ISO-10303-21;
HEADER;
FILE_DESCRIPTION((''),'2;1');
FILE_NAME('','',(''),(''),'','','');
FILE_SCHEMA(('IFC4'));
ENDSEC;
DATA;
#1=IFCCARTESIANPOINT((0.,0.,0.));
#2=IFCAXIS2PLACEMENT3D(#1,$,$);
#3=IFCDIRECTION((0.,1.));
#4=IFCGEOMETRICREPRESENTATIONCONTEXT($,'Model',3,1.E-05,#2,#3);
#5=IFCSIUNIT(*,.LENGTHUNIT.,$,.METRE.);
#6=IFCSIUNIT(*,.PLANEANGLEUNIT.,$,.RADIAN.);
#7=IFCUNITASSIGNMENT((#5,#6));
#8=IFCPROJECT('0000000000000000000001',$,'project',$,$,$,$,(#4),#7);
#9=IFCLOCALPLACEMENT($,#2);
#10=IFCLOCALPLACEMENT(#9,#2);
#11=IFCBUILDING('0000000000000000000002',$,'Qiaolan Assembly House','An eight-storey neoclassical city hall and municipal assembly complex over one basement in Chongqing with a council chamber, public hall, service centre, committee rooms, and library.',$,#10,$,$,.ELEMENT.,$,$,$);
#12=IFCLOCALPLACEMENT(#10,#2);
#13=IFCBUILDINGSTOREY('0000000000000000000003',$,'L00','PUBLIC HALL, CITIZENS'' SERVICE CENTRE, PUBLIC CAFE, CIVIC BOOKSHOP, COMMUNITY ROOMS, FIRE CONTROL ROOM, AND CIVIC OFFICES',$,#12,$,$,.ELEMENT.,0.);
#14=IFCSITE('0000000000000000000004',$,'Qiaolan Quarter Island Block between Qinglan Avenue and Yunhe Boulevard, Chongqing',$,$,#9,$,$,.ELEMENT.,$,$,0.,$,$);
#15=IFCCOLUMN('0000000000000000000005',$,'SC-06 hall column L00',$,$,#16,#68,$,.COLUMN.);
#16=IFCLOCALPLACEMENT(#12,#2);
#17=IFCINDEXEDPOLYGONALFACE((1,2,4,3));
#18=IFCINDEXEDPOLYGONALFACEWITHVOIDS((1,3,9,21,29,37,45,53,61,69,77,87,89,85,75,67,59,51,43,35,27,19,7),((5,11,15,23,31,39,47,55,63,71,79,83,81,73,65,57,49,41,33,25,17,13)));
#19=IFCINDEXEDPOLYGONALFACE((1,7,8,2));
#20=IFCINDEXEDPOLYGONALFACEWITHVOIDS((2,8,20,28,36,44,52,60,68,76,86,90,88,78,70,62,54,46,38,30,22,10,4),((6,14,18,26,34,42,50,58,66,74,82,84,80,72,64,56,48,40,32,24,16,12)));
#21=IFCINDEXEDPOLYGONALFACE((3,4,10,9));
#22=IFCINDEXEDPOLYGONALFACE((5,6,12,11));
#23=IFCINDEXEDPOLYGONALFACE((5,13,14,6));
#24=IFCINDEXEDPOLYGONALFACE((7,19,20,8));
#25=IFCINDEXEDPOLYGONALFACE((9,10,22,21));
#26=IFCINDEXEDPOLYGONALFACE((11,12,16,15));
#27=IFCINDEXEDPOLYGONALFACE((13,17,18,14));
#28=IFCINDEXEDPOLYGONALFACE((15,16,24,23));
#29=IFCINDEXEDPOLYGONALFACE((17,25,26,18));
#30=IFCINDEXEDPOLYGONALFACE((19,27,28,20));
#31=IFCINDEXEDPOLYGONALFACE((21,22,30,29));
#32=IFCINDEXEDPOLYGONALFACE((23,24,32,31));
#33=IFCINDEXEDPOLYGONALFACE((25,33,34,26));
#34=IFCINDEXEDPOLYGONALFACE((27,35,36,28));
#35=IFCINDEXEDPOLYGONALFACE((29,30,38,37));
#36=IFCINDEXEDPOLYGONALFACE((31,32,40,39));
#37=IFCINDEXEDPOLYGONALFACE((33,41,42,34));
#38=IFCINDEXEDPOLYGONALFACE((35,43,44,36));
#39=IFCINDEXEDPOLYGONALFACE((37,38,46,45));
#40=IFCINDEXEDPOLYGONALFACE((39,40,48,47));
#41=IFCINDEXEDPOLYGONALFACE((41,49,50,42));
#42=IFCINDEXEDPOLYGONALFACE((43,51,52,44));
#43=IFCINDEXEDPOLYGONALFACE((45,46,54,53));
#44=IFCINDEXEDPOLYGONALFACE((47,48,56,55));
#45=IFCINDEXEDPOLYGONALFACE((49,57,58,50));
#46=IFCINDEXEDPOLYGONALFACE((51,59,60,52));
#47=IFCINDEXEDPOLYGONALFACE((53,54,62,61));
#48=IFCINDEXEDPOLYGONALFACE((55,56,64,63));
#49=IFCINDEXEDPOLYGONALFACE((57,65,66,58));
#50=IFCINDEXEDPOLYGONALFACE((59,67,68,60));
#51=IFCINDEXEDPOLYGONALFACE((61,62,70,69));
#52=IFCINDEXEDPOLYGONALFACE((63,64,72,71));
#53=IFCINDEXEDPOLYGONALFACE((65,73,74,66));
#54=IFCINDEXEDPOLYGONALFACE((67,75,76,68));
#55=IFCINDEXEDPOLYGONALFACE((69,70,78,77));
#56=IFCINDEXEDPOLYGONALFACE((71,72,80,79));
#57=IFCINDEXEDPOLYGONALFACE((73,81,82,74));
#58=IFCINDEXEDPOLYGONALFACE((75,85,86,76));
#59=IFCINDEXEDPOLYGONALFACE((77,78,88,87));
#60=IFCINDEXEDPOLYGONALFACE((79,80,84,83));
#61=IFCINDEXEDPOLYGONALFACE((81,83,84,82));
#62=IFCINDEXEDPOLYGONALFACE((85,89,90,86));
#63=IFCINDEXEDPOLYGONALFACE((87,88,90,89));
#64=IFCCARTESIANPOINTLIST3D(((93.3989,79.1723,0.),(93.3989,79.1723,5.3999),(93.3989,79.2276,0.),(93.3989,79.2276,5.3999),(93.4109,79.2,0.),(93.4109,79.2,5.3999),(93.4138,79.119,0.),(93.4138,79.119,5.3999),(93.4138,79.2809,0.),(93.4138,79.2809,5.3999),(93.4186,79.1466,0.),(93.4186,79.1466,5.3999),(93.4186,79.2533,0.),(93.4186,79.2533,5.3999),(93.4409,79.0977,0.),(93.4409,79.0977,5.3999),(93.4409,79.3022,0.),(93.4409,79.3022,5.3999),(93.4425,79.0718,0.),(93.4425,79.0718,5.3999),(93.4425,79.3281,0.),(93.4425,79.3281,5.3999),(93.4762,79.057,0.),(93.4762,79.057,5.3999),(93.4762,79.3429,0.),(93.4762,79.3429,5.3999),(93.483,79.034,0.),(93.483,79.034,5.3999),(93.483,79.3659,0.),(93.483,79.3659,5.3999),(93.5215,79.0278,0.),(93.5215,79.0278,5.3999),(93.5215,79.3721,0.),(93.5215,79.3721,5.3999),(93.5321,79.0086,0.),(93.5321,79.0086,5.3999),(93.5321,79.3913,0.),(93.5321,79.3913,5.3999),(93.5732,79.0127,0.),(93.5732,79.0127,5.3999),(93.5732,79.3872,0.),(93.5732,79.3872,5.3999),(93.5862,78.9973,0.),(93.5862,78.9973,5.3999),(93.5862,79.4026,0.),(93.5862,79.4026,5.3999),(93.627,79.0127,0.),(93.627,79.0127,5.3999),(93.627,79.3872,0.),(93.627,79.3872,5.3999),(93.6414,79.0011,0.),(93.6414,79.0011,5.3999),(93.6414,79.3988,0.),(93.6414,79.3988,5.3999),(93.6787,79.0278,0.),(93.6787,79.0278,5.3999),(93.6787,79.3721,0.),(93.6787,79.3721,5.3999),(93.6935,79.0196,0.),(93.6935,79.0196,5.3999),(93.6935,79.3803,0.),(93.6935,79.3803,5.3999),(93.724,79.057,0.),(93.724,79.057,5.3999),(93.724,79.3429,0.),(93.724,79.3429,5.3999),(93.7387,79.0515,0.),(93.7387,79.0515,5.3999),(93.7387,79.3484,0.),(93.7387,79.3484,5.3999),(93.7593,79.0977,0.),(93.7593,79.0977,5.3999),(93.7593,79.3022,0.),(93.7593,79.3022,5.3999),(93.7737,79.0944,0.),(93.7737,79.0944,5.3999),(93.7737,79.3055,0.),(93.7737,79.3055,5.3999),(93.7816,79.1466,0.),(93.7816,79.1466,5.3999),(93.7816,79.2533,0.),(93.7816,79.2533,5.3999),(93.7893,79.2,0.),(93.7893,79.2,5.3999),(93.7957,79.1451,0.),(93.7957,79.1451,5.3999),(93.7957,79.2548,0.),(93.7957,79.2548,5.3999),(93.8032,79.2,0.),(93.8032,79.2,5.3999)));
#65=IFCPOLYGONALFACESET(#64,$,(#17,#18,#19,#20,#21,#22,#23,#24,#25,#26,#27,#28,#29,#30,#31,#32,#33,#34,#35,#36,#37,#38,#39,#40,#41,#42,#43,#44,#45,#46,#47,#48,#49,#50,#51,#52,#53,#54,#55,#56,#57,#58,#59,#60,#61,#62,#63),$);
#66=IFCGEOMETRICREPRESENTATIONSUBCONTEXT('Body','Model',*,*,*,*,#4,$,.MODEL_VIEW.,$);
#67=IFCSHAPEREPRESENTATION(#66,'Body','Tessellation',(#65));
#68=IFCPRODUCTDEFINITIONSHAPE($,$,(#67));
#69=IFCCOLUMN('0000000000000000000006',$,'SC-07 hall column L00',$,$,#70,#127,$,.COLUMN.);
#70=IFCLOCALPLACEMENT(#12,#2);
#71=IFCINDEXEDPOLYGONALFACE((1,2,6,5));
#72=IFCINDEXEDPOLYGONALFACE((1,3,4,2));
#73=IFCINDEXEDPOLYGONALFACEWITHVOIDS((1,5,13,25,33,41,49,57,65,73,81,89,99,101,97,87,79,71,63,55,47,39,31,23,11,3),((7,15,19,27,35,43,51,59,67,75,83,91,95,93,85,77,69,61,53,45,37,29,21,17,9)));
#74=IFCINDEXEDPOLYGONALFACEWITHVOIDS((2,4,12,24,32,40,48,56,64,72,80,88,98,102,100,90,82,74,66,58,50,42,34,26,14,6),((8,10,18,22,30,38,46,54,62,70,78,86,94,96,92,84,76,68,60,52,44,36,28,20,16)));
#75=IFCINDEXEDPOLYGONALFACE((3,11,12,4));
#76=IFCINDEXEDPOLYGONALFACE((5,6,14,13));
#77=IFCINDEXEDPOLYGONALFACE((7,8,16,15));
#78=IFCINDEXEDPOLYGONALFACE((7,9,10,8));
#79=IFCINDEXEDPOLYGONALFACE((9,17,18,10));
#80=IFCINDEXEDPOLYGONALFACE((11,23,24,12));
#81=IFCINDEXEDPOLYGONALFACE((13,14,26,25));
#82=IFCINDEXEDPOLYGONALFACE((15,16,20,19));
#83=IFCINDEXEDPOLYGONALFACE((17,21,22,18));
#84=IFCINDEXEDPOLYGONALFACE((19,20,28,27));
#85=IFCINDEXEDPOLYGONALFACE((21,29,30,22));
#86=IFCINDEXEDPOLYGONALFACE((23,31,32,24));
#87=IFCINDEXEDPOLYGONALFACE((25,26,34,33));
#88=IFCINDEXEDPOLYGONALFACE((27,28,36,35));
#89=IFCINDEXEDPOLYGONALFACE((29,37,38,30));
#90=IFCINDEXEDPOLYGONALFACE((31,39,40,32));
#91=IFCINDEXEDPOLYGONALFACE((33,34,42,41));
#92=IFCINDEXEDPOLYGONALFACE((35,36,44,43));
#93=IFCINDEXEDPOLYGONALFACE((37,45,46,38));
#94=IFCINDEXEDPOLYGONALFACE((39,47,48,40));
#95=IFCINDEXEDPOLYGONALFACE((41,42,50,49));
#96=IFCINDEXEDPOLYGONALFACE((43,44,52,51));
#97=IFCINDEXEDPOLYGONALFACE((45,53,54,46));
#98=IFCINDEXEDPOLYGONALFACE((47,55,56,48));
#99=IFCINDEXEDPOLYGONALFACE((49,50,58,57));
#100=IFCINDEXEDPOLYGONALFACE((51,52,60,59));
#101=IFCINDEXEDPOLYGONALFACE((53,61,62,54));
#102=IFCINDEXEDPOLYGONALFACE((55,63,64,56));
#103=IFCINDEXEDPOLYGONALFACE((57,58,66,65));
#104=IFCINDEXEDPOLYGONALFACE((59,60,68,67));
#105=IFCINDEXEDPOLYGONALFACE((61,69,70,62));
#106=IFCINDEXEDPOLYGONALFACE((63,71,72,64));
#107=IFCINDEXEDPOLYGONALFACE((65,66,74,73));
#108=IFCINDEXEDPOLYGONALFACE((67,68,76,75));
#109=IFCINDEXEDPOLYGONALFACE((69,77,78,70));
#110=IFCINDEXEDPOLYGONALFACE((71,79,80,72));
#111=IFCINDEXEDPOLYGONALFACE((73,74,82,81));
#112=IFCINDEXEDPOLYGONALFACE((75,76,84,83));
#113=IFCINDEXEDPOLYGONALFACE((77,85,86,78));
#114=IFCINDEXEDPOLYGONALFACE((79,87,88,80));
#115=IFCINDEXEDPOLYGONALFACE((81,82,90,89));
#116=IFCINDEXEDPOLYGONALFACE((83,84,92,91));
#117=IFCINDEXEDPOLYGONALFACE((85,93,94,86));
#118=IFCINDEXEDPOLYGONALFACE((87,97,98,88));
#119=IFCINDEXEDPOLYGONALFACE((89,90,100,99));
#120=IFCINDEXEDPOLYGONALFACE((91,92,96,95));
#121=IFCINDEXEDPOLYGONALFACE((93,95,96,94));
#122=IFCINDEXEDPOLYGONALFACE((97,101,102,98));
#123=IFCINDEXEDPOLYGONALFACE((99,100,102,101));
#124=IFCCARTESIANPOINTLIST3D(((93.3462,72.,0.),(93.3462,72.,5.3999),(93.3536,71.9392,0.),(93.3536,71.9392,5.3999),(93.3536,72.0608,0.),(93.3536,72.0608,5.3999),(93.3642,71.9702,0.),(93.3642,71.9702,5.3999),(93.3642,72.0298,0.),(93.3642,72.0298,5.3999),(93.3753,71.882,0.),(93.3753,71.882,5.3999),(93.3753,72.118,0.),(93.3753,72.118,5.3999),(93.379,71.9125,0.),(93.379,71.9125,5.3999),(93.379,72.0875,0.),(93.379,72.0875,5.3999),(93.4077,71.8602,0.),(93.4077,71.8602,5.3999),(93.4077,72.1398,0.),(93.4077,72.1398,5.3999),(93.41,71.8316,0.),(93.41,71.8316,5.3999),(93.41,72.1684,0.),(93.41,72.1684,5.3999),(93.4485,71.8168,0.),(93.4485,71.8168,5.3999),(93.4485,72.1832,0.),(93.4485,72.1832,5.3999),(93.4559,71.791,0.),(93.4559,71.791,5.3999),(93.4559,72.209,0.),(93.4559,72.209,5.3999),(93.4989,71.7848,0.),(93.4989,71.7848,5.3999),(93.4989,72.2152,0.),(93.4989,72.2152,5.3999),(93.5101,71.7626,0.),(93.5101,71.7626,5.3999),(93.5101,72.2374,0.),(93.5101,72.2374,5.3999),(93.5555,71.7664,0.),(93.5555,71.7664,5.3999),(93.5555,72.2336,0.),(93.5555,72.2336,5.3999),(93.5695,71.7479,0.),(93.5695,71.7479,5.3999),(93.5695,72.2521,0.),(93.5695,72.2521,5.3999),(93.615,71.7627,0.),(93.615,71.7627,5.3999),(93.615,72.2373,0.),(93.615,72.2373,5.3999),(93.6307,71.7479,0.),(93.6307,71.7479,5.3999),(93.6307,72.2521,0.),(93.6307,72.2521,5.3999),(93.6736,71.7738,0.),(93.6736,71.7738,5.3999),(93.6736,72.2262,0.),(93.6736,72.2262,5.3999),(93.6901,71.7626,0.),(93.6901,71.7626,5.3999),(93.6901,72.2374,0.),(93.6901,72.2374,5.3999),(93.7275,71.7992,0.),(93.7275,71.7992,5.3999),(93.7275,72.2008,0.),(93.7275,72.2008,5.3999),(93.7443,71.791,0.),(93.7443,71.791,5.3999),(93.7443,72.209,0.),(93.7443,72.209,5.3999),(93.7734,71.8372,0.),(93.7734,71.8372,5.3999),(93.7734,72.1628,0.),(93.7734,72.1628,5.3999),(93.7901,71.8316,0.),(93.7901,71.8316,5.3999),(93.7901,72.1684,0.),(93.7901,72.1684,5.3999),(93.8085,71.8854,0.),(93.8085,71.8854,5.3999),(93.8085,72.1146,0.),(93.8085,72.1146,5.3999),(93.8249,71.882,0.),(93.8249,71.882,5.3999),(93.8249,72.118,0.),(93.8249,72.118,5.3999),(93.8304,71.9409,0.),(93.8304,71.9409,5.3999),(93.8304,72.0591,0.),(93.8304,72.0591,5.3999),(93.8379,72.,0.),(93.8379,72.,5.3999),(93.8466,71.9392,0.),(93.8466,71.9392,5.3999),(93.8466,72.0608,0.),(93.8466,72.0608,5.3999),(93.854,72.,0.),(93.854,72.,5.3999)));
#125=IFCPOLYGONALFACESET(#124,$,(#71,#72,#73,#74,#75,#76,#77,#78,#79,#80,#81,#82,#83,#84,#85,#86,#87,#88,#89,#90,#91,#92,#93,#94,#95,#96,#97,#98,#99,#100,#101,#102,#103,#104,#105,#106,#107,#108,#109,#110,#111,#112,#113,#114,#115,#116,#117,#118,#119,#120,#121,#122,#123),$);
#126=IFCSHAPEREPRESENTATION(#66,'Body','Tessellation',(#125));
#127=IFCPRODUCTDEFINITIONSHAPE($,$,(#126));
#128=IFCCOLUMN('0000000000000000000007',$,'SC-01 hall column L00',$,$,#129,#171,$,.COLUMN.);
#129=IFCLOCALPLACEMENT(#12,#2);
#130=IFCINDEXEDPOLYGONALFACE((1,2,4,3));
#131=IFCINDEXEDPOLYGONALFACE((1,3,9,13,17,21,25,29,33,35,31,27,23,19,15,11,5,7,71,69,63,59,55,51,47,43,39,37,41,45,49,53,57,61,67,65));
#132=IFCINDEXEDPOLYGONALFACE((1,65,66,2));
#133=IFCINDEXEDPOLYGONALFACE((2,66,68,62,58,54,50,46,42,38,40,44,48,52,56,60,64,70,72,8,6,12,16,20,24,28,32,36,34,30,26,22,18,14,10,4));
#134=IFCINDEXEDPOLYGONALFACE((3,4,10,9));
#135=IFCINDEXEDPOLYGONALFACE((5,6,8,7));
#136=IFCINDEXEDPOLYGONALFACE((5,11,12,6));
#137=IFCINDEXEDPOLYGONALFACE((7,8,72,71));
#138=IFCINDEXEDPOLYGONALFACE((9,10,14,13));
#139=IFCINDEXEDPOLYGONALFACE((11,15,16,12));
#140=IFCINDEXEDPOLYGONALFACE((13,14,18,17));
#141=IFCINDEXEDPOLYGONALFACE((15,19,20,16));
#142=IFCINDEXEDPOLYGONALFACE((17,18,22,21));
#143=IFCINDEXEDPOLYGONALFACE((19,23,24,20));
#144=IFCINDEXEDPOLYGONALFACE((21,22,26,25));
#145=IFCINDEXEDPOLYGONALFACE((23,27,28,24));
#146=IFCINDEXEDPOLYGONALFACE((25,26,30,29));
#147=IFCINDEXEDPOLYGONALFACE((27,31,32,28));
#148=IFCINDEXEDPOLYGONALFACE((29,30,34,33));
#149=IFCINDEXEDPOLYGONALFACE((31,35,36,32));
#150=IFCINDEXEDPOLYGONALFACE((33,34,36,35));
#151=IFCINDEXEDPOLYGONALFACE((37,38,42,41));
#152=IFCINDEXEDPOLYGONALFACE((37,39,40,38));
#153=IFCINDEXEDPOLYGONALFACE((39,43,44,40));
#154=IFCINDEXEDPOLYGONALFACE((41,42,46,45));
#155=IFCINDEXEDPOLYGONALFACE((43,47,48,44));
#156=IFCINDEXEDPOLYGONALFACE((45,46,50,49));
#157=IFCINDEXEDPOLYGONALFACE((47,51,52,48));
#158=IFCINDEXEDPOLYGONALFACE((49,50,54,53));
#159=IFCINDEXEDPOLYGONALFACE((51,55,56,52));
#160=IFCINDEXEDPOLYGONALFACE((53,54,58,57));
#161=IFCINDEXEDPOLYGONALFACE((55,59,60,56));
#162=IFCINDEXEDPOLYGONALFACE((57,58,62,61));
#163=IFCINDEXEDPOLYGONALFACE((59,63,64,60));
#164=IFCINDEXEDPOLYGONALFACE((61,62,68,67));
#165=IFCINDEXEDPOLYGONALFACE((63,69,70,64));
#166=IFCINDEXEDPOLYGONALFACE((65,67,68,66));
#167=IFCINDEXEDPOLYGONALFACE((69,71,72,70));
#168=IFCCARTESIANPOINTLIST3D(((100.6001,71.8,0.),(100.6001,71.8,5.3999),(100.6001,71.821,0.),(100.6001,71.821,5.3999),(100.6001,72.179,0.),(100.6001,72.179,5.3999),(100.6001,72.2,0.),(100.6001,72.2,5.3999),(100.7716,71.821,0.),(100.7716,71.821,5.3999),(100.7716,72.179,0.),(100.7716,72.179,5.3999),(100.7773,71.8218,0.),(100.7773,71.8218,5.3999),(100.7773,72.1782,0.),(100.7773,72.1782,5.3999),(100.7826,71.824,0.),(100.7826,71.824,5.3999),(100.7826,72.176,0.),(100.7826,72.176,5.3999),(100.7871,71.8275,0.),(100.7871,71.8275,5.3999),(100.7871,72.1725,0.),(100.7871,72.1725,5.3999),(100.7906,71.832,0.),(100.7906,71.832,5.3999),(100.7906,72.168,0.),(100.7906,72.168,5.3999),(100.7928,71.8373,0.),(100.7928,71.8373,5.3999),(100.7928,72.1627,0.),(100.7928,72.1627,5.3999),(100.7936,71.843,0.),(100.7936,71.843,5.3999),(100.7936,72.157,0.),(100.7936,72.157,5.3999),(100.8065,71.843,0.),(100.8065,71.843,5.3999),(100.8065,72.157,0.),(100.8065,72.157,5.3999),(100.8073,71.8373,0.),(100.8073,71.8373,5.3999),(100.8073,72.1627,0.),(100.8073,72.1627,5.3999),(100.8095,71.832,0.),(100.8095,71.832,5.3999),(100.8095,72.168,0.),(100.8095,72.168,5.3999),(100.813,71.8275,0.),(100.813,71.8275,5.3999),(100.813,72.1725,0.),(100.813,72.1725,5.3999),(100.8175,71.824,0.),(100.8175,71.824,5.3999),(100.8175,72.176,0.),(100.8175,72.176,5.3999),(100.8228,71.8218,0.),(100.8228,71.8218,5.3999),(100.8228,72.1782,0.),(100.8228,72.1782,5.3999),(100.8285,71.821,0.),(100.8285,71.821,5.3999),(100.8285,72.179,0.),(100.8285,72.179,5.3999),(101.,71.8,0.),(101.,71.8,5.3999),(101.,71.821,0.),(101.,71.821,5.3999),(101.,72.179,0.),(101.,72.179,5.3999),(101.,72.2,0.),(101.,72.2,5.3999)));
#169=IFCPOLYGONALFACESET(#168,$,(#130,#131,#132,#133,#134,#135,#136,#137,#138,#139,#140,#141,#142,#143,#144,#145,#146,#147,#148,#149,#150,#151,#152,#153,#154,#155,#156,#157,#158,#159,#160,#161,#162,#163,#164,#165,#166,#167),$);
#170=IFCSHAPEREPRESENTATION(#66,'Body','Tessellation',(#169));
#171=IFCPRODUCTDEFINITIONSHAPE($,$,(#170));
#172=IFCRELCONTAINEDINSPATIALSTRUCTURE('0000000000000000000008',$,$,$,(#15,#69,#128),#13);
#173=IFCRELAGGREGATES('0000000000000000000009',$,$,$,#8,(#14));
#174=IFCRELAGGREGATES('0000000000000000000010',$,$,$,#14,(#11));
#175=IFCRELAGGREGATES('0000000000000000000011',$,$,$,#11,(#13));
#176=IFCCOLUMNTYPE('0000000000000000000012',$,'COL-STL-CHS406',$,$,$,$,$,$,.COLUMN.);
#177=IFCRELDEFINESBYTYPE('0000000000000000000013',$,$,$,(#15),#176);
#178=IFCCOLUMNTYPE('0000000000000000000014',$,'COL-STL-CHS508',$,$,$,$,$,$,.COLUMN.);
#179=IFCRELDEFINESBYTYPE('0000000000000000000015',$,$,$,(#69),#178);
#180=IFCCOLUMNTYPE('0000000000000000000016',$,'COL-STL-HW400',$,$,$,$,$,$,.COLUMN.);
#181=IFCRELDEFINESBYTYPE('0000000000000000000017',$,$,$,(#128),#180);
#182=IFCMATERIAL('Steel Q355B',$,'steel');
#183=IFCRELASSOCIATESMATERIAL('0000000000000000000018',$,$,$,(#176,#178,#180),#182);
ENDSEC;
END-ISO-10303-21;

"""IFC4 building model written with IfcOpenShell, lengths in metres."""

from ifc_helpers import new_model, si_unit, direction, frame, origin, origin_2d, place, context, subcontext, project, spatial, hollow_circle, i_section, extrude, material, material_profile, profile_set, type_object, element, save


model = new_model("IFC4")

# Units and contexts
model_context = context("Model", 3, precision=1e-05, world=origin(), true_north=direction((0.0, 1.0)))
body_context = subcontext(model_context, "Body", "Model", "MODEL_VIEW")
ifc_project = project(units=[si_unit("LENGTHUNIT", "METRE"), si_unit("PLANEANGLEUNIT", "RADIAN")], contexts=[model_context])

# Site, building, storey
site_placement = place(None, origin())
site = spatial("IfcSite", under=ifc_project, at=site_placement, Name="Qiaolan Quarter Island Block between Qinglan Avenue and Yunhe Boulevard, Chongqing", CompositionType="ELEMENT", RefElevation=0.0)
building_placement = place(site_placement, origin())
building = spatial("IfcBuilding", under=site, at=building_placement, Name="Qiaolan Assembly House", Description="An eight-storey neoclassical city hall and municipal assembly complex over one basement in Chongqing with a council chamber, public hall, service centre, committee rooms, and library.", CompositionType="ELEMENT")
storey_placement = place(building_placement, origin())
storey = spatial("IfcBuildingStorey", under=building, at=storey_placement, Name="L00", Description="PUBLIC HALL, CITIZENS' SERVICE CENTRE, PUBLIC CAFE, CIVIC BOOKSHOP, COMMUNITY ROOMS, FIRE CONTROL ROOM, AND CIVIC OFFICES", CompositionType="ELEMENT", Elevation=0.0)

# Columns
ifc_material_1 = material(Name="Steel Q355B", Category="steel")
ifc_material_profile_1 = material_profile(ifc_material_1, hollow_circle(Radius=0.2031, WallThickness=0.0139, at=origin_2d()), Name="CHS 406.4x14")
ifc_profile_set_1 = profile_set([ifc_material_profile_1], Name="Steel Q355B")
column_type_1 = type_object("IfcColumnType", Name="COL-STL-CHS406", PredefinedType="COLUMN", material=ifc_profile_set_1)
column_1_placement = place(storey_placement, frame((93.6001, 79.2, 0.0), z_axis=(0.0, 0.0, 1.0), x_axis=(1.0, 0.0, 0.0)))
element("IfcColumn", 1, at=column_1_placement, inside=storey, type_object=column_type_1, Name="SC-06 hall column L00", PredefinedType="COLUMN", context=body_context, shape_type="SweptSolid", body=[
    extrude(hollow_circle(Radius=0.2031, WallThickness=0.0139, at=origin_2d()), origin(), (0.0, 0.0, 1.0), 5.3999),
])
ifc_material_profile_2 = material_profile(ifc_material_1, hollow_circle(Radius=0.2539, WallThickness=0.0161, at=origin_2d()), Name="CHS 508x16")
ifc_profile_set_2 = profile_set([ifc_material_profile_2], Name="Steel Q355B")
column_type_2 = type_object("IfcColumnType", Name="COL-STL-CHS508", PredefinedType="COLUMN", material=ifc_profile_set_2)
column_2_placement = place(storey_placement, frame((93.6001, 72.0, 0.0), z_axis=(0.0, 0.0, 1.0), x_axis=(1.0, 0.0, 0.0)))
element("IfcColumn", 2, at=column_2_placement, inside=storey, type_object=column_type_2, Name="SC-07 hall column L00", PredefinedType="COLUMN", context=body_context, shape_type="SweptSolid", body=[
    extrude(hollow_circle(Radius=0.2539, WallThickness=0.0161, at=origin_2d()), origin(), (0.0, 0.0, 1.0), 5.3999),
])
ifc_material_profile_3 = material_profile(ifc_material_1, i_section(OverallWidth=0.3999, OverallDepth=0.3999, WebThickness=0.0129, FlangeThickness=0.021, FilletRadius=0.022, at=origin_2d()), Name="HW 400x400x13x21")
ifc_profile_set_3 = profile_set([ifc_material_profile_3], Name="Steel Q355B")
column_type_3 = type_object("IfcColumnType", Name="COL-STL-HW400", PredefinedType="COLUMN", material=ifc_profile_set_3)
for number, where, z_axis, x_axis, name in (
    (3, (100.8, 72.0, 0.0), (0.0, 0.0, 1.0), (1.0, 0.0, 0.0), "SC-01 hall column L00"),
):
    element("IfcColumn", number, at=place(storey_placement, frame(where, z_axis=z_axis, x_axis=x_axis)), inside=storey, type_object=column_type_3, Name=name, PredefinedType="COLUMN", context=body_context, shape_type="SweptSolid", body=[
        extrude(i_section(OverallWidth=0.3999, OverallDepth=0.3999, WebThickness=0.0129, FlangeThickness=0.021, FilletRadius=0.022, at=origin_2d()), origin(), (0.0, 0.0, 1.0), 5.3999),
    ])

save(model, "model.ifc")
